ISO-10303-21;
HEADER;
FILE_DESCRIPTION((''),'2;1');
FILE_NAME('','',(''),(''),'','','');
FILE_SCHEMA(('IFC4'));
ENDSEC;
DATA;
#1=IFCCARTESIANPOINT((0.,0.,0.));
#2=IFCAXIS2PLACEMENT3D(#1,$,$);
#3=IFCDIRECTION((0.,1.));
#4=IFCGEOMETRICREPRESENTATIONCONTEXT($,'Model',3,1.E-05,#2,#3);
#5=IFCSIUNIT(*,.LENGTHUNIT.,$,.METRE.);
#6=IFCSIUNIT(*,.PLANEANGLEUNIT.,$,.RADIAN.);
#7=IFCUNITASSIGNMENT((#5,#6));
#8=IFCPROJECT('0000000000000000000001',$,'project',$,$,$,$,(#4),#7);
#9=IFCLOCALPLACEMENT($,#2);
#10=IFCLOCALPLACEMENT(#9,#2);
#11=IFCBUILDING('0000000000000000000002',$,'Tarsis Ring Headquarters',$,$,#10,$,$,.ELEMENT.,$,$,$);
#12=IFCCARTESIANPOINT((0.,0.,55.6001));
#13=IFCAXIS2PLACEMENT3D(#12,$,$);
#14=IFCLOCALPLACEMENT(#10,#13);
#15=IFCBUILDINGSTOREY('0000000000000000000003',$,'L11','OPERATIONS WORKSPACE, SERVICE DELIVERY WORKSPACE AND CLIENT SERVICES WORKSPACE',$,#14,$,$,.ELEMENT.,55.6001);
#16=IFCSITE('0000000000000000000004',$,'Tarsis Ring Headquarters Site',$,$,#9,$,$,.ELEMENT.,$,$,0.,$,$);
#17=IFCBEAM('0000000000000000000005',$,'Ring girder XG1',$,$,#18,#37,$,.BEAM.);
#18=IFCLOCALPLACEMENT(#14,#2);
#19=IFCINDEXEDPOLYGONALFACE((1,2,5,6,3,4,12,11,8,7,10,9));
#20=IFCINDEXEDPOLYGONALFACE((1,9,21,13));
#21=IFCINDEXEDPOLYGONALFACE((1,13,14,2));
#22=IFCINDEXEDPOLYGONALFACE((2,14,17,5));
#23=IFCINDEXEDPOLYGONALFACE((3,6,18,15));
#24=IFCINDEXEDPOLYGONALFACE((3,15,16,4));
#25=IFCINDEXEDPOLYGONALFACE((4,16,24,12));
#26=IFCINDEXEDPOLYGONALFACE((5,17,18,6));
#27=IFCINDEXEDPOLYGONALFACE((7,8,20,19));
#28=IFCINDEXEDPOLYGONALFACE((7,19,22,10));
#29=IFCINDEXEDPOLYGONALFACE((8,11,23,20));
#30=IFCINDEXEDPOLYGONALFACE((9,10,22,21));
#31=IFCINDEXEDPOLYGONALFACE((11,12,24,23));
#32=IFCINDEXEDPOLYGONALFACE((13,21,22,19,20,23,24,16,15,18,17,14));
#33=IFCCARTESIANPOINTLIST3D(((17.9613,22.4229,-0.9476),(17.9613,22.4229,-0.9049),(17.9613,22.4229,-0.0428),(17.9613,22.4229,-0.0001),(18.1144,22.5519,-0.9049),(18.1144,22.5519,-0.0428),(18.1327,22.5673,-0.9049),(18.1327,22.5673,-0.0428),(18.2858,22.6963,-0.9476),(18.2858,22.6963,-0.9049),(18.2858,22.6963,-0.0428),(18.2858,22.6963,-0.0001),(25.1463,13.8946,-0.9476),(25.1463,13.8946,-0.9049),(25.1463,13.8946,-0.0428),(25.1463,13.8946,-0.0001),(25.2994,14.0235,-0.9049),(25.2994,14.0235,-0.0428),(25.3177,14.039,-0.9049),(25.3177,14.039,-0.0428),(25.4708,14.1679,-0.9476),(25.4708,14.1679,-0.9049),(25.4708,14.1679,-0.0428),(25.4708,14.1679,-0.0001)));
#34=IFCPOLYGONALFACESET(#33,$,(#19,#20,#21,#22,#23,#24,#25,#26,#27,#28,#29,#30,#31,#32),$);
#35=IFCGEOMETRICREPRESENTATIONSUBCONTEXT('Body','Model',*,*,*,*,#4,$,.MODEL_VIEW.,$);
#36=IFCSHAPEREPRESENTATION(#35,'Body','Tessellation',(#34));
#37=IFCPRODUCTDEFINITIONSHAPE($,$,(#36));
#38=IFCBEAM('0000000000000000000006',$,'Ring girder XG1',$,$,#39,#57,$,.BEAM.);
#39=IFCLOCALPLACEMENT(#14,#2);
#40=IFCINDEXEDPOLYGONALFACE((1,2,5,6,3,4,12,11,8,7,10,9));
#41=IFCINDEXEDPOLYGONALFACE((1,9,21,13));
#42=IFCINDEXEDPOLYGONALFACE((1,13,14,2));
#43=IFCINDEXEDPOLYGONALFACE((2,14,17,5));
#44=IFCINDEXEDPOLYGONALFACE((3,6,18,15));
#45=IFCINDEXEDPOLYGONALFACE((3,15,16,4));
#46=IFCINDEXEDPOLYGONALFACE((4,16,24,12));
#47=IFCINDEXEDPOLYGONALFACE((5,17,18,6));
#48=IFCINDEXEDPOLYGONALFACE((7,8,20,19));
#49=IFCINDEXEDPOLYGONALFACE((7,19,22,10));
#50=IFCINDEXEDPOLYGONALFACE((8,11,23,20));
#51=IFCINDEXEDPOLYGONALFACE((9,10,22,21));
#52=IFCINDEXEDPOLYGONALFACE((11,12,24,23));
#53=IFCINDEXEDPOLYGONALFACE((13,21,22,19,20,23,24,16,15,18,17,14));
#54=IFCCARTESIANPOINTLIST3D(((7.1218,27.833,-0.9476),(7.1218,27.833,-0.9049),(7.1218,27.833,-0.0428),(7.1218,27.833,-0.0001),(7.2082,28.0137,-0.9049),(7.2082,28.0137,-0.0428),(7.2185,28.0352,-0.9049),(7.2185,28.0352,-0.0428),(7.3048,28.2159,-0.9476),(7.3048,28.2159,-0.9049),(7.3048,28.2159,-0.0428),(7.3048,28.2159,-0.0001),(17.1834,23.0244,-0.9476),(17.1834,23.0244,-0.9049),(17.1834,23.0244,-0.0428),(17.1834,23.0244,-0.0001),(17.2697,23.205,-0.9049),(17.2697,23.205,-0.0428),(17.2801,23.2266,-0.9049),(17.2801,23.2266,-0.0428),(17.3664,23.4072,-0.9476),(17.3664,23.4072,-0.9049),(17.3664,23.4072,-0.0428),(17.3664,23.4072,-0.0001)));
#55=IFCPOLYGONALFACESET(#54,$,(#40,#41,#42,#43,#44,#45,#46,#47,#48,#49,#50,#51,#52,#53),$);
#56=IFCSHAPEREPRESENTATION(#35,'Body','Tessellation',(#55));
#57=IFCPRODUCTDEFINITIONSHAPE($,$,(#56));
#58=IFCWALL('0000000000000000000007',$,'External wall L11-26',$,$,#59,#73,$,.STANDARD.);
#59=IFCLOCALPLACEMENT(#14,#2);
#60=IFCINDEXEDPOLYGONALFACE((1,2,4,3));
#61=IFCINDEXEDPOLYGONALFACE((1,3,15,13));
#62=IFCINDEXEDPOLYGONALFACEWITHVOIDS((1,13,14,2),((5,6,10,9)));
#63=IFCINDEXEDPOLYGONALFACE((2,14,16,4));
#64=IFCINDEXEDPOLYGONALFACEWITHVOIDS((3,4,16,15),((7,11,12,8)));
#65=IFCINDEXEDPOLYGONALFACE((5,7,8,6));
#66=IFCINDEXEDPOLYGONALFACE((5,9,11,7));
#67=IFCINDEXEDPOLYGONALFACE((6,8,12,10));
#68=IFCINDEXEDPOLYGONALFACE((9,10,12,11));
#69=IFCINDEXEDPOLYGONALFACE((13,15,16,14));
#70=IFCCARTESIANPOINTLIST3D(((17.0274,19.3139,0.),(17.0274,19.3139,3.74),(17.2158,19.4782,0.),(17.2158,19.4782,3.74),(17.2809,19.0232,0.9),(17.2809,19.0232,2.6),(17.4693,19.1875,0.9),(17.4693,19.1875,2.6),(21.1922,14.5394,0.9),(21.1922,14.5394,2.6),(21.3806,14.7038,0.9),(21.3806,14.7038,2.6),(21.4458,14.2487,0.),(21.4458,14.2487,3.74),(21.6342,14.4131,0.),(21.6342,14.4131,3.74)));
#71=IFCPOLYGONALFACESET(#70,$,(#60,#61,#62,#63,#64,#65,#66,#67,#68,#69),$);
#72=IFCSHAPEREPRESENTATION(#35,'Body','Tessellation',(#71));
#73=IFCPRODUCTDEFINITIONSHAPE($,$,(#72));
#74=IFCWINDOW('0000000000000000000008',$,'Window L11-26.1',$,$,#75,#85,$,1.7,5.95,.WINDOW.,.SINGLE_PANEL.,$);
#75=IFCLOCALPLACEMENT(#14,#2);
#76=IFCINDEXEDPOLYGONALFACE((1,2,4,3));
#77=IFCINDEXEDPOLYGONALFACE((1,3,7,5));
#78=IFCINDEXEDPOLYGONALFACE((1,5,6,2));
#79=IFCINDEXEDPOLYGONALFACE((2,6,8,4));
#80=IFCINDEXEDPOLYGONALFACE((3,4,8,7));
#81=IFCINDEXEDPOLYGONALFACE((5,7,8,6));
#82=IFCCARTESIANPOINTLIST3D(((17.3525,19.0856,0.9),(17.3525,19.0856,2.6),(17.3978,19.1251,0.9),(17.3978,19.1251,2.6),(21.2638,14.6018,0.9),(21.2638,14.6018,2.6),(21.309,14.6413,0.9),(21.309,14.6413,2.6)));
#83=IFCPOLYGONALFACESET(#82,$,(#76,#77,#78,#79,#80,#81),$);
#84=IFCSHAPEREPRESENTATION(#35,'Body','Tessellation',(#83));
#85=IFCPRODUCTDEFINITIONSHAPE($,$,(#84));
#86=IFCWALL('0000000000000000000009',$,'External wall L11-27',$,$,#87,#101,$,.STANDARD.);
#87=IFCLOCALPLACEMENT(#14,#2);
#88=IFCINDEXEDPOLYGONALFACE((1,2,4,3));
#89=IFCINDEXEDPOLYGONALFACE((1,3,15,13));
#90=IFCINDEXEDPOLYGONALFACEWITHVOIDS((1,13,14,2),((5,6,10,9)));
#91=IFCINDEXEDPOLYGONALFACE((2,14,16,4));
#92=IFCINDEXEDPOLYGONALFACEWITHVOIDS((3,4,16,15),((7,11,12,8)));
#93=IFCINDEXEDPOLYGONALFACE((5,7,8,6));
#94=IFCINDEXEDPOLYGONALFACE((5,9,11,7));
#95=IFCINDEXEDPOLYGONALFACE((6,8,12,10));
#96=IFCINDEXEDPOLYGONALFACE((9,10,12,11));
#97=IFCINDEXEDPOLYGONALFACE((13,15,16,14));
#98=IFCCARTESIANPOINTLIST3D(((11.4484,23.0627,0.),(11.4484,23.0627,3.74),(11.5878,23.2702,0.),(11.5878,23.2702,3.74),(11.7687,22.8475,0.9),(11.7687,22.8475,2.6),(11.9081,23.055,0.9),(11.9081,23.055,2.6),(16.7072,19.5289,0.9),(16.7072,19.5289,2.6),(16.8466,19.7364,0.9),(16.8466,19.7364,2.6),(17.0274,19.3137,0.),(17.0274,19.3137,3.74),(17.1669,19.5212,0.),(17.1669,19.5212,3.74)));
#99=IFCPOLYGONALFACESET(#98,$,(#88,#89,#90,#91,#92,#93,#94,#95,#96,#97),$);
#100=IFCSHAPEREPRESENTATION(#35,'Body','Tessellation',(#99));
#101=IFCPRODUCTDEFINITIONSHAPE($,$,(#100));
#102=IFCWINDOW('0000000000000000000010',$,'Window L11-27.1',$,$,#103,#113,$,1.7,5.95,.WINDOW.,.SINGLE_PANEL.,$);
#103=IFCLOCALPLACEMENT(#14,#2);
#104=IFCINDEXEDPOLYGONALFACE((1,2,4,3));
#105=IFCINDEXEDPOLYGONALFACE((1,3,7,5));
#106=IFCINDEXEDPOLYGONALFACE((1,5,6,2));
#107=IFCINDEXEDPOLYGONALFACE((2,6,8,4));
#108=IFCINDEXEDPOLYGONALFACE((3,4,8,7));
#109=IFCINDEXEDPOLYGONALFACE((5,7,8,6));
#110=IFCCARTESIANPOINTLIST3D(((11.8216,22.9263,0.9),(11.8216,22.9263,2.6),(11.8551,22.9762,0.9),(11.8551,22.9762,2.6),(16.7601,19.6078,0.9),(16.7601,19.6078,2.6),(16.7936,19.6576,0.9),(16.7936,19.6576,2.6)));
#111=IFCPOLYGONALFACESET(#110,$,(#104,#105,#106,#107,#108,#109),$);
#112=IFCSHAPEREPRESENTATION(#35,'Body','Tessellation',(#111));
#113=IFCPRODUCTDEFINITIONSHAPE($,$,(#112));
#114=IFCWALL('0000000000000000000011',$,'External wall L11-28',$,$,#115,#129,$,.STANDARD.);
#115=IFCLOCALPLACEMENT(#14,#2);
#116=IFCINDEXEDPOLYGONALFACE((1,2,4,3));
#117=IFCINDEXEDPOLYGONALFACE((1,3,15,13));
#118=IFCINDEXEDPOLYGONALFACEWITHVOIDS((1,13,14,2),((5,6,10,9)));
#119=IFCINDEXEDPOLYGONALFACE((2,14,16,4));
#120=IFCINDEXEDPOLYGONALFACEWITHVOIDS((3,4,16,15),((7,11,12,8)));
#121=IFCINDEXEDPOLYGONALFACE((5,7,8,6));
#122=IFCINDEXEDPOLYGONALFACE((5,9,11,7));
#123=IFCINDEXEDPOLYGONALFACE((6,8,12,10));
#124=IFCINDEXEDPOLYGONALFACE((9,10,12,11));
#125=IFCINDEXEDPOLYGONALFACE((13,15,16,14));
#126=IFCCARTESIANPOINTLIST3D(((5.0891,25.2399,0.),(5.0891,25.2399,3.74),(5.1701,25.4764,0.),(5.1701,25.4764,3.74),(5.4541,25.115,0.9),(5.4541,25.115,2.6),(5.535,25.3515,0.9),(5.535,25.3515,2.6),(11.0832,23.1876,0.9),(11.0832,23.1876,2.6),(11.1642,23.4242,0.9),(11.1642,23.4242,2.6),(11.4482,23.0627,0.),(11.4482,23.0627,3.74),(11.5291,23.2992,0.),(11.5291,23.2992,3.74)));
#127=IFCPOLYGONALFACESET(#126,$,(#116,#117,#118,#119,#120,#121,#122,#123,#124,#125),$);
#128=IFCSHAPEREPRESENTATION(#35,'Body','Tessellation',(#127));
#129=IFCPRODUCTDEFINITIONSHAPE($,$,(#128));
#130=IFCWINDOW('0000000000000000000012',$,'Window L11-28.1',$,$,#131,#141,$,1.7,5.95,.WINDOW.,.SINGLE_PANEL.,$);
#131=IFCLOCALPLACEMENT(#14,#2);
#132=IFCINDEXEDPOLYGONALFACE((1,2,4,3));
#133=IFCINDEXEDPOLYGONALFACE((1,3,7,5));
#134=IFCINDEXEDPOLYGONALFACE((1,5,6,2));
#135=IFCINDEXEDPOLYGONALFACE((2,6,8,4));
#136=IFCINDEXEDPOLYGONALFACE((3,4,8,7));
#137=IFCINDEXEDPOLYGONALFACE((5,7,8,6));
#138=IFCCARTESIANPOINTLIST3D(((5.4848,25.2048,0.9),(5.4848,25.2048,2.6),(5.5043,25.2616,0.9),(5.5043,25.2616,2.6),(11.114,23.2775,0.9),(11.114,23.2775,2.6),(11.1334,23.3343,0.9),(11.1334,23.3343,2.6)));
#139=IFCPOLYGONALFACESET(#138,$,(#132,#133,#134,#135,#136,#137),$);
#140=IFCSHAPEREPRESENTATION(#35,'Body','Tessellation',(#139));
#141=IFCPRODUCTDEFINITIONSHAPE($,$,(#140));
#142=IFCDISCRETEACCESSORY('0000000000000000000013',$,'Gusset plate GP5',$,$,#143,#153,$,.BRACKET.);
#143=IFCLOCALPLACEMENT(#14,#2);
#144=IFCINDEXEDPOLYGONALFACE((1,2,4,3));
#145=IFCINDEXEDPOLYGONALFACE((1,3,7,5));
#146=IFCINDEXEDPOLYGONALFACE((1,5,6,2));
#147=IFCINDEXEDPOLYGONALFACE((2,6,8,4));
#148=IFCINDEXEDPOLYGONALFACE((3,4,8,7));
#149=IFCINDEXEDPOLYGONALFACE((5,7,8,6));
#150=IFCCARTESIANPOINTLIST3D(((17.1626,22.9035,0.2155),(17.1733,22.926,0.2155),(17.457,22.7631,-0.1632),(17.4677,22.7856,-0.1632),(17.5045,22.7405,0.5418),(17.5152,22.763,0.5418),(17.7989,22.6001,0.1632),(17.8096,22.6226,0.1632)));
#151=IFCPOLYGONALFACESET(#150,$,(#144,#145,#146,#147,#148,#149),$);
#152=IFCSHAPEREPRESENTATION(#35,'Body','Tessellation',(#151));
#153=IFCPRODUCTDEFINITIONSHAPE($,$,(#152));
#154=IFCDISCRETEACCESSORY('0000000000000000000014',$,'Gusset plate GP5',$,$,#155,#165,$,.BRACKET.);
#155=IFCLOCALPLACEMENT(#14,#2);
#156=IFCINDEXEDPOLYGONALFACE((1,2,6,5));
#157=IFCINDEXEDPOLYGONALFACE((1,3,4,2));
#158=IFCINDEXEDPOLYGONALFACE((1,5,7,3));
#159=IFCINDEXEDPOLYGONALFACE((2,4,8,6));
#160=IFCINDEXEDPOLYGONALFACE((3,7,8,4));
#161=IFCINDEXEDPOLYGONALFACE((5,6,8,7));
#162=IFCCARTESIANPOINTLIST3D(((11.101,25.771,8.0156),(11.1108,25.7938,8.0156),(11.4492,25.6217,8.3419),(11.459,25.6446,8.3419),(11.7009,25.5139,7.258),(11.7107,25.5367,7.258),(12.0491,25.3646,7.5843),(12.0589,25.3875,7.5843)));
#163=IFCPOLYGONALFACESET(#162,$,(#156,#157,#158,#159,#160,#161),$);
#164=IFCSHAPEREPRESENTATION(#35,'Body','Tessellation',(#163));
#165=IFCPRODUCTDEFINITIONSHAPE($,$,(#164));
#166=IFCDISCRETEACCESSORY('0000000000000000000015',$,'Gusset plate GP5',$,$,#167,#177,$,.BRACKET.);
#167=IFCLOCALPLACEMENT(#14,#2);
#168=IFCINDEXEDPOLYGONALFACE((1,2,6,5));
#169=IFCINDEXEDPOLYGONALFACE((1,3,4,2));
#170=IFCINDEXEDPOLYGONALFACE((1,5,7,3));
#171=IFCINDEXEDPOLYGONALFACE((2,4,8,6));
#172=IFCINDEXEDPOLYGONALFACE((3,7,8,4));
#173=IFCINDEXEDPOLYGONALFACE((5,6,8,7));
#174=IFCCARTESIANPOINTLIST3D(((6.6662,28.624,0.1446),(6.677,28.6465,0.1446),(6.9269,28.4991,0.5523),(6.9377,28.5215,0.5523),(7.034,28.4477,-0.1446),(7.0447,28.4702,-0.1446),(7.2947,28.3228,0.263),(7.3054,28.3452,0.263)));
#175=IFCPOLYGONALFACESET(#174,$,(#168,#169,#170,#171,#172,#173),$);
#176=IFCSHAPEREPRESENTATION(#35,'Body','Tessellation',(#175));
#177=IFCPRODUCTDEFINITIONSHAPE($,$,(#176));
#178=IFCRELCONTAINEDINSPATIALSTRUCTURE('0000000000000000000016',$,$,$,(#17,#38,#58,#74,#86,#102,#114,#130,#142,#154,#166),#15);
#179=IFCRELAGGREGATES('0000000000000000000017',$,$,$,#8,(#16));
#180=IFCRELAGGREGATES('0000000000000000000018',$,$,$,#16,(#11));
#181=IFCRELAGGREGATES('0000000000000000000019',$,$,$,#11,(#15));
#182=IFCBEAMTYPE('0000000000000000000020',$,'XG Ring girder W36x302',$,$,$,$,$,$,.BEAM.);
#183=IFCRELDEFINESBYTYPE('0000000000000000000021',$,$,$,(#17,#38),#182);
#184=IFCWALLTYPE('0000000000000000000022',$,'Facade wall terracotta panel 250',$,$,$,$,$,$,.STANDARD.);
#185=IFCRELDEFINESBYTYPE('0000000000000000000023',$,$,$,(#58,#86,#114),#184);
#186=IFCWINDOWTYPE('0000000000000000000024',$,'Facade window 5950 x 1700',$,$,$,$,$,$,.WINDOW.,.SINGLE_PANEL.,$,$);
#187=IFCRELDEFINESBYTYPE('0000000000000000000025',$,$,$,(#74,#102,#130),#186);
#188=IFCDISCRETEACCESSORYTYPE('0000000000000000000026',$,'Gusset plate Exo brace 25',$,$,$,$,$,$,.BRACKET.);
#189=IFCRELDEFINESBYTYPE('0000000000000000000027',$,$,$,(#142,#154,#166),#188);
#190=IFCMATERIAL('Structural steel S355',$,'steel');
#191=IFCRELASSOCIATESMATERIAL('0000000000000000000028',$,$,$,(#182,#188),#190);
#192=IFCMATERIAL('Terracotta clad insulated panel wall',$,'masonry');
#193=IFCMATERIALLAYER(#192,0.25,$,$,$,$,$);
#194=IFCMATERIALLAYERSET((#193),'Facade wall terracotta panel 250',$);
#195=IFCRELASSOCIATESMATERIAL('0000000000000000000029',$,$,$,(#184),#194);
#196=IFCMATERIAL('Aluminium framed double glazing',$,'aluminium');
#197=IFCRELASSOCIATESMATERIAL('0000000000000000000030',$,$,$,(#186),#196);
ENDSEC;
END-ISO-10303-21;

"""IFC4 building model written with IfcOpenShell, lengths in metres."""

from ifc_helpers import new_model, si_unit, direction, frame, frame_2d, origin, origin_2d, place, context, subcontext, project, spatial, rectangle, i_section, extrude, material, layer, layer_set, material_profile, profile_set, type_object, element, fill, save


model = new_model("IFC4")

# Units and contexts
model_context = context("Model", 3, precision=1e-05, world=origin(), true_north=direction((0.0, 1.0)))
body_context = subcontext(model_context, "Body", "Model", "MODEL_VIEW")
ifc_project = project(units=[si_unit("LENGTHUNIT", "METRE"), si_unit("PLANEANGLEUNIT", "RADIAN")], contexts=[model_context])

# Site, building, storey
site_placement = place(None, origin())
site = spatial("IfcSite", under=ifc_project, at=site_placement, Name="Tarsis Ring Headquarters Site", CompositionType="ELEMENT", RefElevation=0.0)
building_placement = place(site_placement, origin())
building = spatial("IfcBuilding", under=site, at=building_placement, Name="Tarsis Ring Headquarters", CompositionType="ELEMENT")
storey_placement = place(building_placement, frame((0.0, 0.0, 55.6001)))
storey = spatial("IfcBuildingStorey", under=building, at=storey_placement, Name="L11", Description="OPERATIONS WORKSPACE, SERVICE DELIVERY WORKSPACE AND CLIENT SERVICES WORKSPACE", CompositionType="ELEMENT", Elevation=55.6001)

# Shared definitions
ifc_material_1 = material(Name="Structural steel S355", Category="steel")

# Beams
ifc_material_profile_1 = material_profile(ifc_material_1, i_section(OverallWidth=0.4243, OverallDepth=0.9475, WebThickness=0.0239, FlangeThickness=0.0427, at=origin_2d()), Name="W36x302")
ifc_profile_set_1 = profile_set([ifc_material_profile_1], Name="Structural steel S355")
beam_type_1 = type_object("IfcBeamType", Name="XG Ring girder W36x302", PredefinedType="BEAM", material=ifc_profile_set_1)
for number, where, z_axis, x_axis, name in (
    (1, (25.3086, 14.0312, -0.4739), (-0.64431, 0.764765, 0.0), (-0.764765, -0.64431, 0.0), "Ring girder XG1"),
    (2, (17.2749, 23.2158, -0.4739), (-0.902254, 0.431204, 0.0), (-0.431204, -0.902254, 0.0), "Ring girder XG1"),
):
    element("IfcBeam", number, at=place(storey_placement, frame(where, z_axis=z_axis, x_axis=x_axis)), inside=storey, type_object=beam_type_1, Name=name, PredefinedType="BEAM", context=body_context, shape_type="SweptSolid", body=[
        extrude(i_section(OverallWidth=0.4243, OverallDepth=0.9475, WebThickness=0.0239, FlangeThickness=0.0427, at=origin_2d()), origin(), (0.0, 0.0, 1.0), 11.1516),
    ])

# Walls, openings, windows
ifc_material_2 = material(Name="Terracotta clad insulated panel wall", Category="masonry")
ifc_layer = layer(ifc_material_2, 0.25)
ifc_layer_set = layer_set([ifc_layer], Name="Facade wall terracotta panel 250")
wall_type = type_object("IfcWallType", Name="Facade wall terracotta panel 250", PredefinedType="STANDARD", material=ifc_layer_set)
wall_1_placement = place(storey_placement, frame((21.54, 14.3308, 0.0), z_axis=(0.0, 0.0, 1.0), x_axis=(-0.65736, 0.753577, 0.0)))
wall_1 = element("IfcWall", 3, at=wall_1_placement, inside=storey, type_object=wall_type, Name="External wall L11-26", PredefinedType="STANDARD", context=body_context, shape_type="SweptSolid", body=[
    extrude(rectangle(XDim=6.7214, YDim=0.25, at=frame_2d((3.3608, 0.0))), origin(), (0.0, 0.0, 1.0), 3.74),
])
opening_1_placement = place(wall_1_placement, frame((0.3857, 0.0, 0.8999)))
opening_1 = element("IfcOpeningElement", 4, at=opening_1_placement, cuts=wall_1, PredefinedType="OPENING", context=body_context, shape_type="SweptSolid", body=[
    extrude(rectangle(XDim=5.95, YDim=1.7, at=frame_2d((2.9751, 0.8501))), frame((0.0, 0.135, 0.0), z_axis=(0.0, -1.0, 0.0), x_axis=(1.0, 0.0, 0.0)), (0.0, 0.0, 1.0), 0.27),
])
ifc_material_3 = material(Name="Aluminium framed double glazing", Category="aluminium")
window_type = type_object("IfcWindowType", Name="Facade window 5950 x 1700", PartitioningType="SINGLE_PANEL", PredefinedType="WINDOW", material=ifc_material_3)
window_1_placement = place(opening_1_placement, origin())
window_1 = element("IfcWindow", 5, at=window_1_placement, inside=storey, type_object=window_type, Name="Window L11-26.1", OverallHeight=1.7, OverallWidth=5.95, PartitioningType="SINGLE_PANEL", PredefinedType="WINDOW", context=body_context, shape_type="SweptSolid", body=[
    extrude(rectangle(XDim=5.95, YDim=1.7, at=frame_2d((2.9751, 0.8501))), frame((0.0, 0.03, 0.0), z_axis=(0.0, -1.0, 0.0), x_axis=(1.0, 0.0, 0.0)), (0.0, 0.0, 1.0), 0.0601),
])
fill(opening_1, window_1)
wall_2_placement = place(storey_placement, frame((17.0972, 19.4175, 0.0), z_axis=(0.0, 0.0, 1.0), x_axis=(-0.830011, 0.557747, 0.0)))
wall_2 = element("IfcWall", 6, at=wall_2_placement, inside=storey, type_object=wall_type, Name="External wall L11-27", PredefinedType="STANDARD", context=body_context, shape_type="SweptSolid", body=[
    extrude(rectangle(XDim=6.7217, YDim=0.25, at=frame_2d((3.3608, 0.0))), origin(), (0.0, 0.0, 1.0), 3.74),
])
opening_2_placement = place(wall_2_placement, frame((0.3857, 0.0, 0.8999)))
opening_2 = element("IfcOpeningElement", 7, at=opening_2_placement, cuts=wall_2, PredefinedType="OPENING", context=body_context, shape_type="SweptSolid", body=[
    extrude(rectangle(XDim=5.95, YDim=1.7, at=frame_2d((2.9751, 0.8501))), frame((0.0, 0.135, 0.0), z_axis=(0.0, -1.0, 0.0), x_axis=(1.0, 0.0, 0.0)), (0.0, 0.0, 1.0), 0.27),
])
window_2_placement = place(opening_2_placement, origin())
window_2 = element("IfcWindow", 8, at=window_2_placement, inside=storey, type_object=window_type, Name="Window L11-27.1", OverallHeight=1.7, OverallWidth=5.95, PartitioningType="SINGLE_PANEL", PredefinedType="WINDOW", context=body_context, shape_type="SweptSolid", body=[
    extrude(rectangle(XDim=5.95, YDim=1.7, at=frame_2d((2.9751, 0.8501))), frame((0.0, 0.03, 0.0), z_axis=(0.0, -1.0, 0.0), x_axis=(1.0, 0.0, 0.0)), (0.0, 0.0, 1.0), 0.0601),
])
fill(opening_2, window_2)
wall_3_placement = place(storey_placement, frame((11.4888, 23.1809, 0.0), z_axis=(0.0, 0.0, 1.0), x_axis=(-0.946084, 0.323921, 0.0)))
wall_3 = element("IfcWall", 9, at=wall_3_placement, inside=storey, type_object=wall_type, Name="External wall L11-28", PredefinedType="STANDARD", context=body_context, shape_type="SweptSolid", body=[
    extrude(rectangle(XDim=6.7214, YDim=0.25, at=frame_2d((3.3608, 0.0))), origin(), (0.0, 0.0, 1.0), 3.74),
])
opening_3_placement = place(wall_3_placement, frame((0.3857, 0.0, 0.8999)))
opening_3 = element("IfcOpeningElement", 10, at=opening_3_placement, cuts=wall_3, PredefinedType="OPENING", context=body_context, shape_type="SweptSolid", body=[
    extrude(rectangle(XDim=5.95, YDim=1.7, at=frame_2d((2.9751, 0.8501))), frame((0.0, 0.135, 0.0), z_axis=(0.0, -1.0, 0.0), x_axis=(1.0, 0.0, 0.0)), (0.0, 0.0, 1.0), 0.27),
])
window_3_placement = place(opening_3_placement, origin())
window_3 = element("IfcWindow", 11, at=window_3_placement, inside=storey, type_object=window_type, Name="Window L11-28.1", OverallHeight=1.7, OverallWidth=5.95, PartitioningType="SINGLE_PANEL", PredefinedType="WINDOW", context=body_context, shape_type="SweptSolid", body=[
    extrude(rectangle(XDim=5.95, YDim=1.7, at=frame_2d((2.9751, 0.8501))), frame((0.0, 0.03, 0.0), z_axis=(0.0, -1.0, 0.0), x_axis=(1.0, 0.0, 0.0)), (0.0, 0.0, 1.0), 0.0601),
])
fill(opening_3, window_3)

# Discrete accessories
ifc_material_profile_2 = material_profile(ifc_material_1, rectangle(XDim=0.0249, YDim=0.5, at=origin_2d()), Name="PL 25x500")
ifc_profile_set_2 = profile_set([ifc_material_profile_2], Name="Structural steel S355")
discrete_accessory_type = type_object("IfcDiscreteAccessoryType", Name="Gusset plate Exo brace 25", PredefinedType="BRACKET", material=ifc_profile_set_2)
discrete_accessory_1_placement = place(storey_placement, frame((17.6333, 22.6929, 0.0), z_axis=(-0.589123, 0.280884, 0.757653), x_axis=(-0.430369, -0.902653, 0.0)))
element("IfcDiscreteAccessory", 12, at=discrete_accessory_1_placement, inside=storey, type_object=discrete_accessory_type, Name="Gusset plate GP5", PredefinedType="BRACKET", context=body_context, shape_type="SweptSolid", body=[
    extrude(rectangle(XDim=0.0249, YDim=0.5, at=origin_2d()), origin(), (0.0, 0.0, 1.0), 0.4998),
])
discrete_accessory_2_placement = place(storey_placement, frame((11.8799, 25.4507, 7.4211), z_axis=(-0.599906, 0.257103, 0.757635), x_axis=(-0.393919, -0.919145, 0.0)))
element("IfcDiscreteAccessory", 13, at=discrete_accessory_2_placement, inside=storey, type_object=discrete_accessory_type, Name="Gusset plate GP5", PredefinedType="BRACKET", context=body_context, shape_type="SweptSolid", body=[
    extrude(rectangle(XDim=0.0249, YDim=0.5, at=origin_2d()), origin(), (0.0, 0.0, 1.0), 1.0),
])
discrete_accessory_3_placement = place(storey_placement, frame((6.8555, 28.5471, 0.0), z_axis=(0.521648, -0.250079, 0.815686), x_axis=(0.432292, 0.901734, 0.0)))
element("IfcDiscreteAccessory", 14, at=discrete_accessory_3_placement, inside=storey, type_object=discrete_accessory_type, Name="Gusset plate GP5", PredefinedType="BRACKET", context=body_context, shape_type="SweptSolid", body=[
    extrude(rectangle(XDim=0.0249, YDim=0.5, at=origin_2d()), origin(), (0.0, 0.0, 1.0), 0.4998),
])

save(model, "model.ifc")
